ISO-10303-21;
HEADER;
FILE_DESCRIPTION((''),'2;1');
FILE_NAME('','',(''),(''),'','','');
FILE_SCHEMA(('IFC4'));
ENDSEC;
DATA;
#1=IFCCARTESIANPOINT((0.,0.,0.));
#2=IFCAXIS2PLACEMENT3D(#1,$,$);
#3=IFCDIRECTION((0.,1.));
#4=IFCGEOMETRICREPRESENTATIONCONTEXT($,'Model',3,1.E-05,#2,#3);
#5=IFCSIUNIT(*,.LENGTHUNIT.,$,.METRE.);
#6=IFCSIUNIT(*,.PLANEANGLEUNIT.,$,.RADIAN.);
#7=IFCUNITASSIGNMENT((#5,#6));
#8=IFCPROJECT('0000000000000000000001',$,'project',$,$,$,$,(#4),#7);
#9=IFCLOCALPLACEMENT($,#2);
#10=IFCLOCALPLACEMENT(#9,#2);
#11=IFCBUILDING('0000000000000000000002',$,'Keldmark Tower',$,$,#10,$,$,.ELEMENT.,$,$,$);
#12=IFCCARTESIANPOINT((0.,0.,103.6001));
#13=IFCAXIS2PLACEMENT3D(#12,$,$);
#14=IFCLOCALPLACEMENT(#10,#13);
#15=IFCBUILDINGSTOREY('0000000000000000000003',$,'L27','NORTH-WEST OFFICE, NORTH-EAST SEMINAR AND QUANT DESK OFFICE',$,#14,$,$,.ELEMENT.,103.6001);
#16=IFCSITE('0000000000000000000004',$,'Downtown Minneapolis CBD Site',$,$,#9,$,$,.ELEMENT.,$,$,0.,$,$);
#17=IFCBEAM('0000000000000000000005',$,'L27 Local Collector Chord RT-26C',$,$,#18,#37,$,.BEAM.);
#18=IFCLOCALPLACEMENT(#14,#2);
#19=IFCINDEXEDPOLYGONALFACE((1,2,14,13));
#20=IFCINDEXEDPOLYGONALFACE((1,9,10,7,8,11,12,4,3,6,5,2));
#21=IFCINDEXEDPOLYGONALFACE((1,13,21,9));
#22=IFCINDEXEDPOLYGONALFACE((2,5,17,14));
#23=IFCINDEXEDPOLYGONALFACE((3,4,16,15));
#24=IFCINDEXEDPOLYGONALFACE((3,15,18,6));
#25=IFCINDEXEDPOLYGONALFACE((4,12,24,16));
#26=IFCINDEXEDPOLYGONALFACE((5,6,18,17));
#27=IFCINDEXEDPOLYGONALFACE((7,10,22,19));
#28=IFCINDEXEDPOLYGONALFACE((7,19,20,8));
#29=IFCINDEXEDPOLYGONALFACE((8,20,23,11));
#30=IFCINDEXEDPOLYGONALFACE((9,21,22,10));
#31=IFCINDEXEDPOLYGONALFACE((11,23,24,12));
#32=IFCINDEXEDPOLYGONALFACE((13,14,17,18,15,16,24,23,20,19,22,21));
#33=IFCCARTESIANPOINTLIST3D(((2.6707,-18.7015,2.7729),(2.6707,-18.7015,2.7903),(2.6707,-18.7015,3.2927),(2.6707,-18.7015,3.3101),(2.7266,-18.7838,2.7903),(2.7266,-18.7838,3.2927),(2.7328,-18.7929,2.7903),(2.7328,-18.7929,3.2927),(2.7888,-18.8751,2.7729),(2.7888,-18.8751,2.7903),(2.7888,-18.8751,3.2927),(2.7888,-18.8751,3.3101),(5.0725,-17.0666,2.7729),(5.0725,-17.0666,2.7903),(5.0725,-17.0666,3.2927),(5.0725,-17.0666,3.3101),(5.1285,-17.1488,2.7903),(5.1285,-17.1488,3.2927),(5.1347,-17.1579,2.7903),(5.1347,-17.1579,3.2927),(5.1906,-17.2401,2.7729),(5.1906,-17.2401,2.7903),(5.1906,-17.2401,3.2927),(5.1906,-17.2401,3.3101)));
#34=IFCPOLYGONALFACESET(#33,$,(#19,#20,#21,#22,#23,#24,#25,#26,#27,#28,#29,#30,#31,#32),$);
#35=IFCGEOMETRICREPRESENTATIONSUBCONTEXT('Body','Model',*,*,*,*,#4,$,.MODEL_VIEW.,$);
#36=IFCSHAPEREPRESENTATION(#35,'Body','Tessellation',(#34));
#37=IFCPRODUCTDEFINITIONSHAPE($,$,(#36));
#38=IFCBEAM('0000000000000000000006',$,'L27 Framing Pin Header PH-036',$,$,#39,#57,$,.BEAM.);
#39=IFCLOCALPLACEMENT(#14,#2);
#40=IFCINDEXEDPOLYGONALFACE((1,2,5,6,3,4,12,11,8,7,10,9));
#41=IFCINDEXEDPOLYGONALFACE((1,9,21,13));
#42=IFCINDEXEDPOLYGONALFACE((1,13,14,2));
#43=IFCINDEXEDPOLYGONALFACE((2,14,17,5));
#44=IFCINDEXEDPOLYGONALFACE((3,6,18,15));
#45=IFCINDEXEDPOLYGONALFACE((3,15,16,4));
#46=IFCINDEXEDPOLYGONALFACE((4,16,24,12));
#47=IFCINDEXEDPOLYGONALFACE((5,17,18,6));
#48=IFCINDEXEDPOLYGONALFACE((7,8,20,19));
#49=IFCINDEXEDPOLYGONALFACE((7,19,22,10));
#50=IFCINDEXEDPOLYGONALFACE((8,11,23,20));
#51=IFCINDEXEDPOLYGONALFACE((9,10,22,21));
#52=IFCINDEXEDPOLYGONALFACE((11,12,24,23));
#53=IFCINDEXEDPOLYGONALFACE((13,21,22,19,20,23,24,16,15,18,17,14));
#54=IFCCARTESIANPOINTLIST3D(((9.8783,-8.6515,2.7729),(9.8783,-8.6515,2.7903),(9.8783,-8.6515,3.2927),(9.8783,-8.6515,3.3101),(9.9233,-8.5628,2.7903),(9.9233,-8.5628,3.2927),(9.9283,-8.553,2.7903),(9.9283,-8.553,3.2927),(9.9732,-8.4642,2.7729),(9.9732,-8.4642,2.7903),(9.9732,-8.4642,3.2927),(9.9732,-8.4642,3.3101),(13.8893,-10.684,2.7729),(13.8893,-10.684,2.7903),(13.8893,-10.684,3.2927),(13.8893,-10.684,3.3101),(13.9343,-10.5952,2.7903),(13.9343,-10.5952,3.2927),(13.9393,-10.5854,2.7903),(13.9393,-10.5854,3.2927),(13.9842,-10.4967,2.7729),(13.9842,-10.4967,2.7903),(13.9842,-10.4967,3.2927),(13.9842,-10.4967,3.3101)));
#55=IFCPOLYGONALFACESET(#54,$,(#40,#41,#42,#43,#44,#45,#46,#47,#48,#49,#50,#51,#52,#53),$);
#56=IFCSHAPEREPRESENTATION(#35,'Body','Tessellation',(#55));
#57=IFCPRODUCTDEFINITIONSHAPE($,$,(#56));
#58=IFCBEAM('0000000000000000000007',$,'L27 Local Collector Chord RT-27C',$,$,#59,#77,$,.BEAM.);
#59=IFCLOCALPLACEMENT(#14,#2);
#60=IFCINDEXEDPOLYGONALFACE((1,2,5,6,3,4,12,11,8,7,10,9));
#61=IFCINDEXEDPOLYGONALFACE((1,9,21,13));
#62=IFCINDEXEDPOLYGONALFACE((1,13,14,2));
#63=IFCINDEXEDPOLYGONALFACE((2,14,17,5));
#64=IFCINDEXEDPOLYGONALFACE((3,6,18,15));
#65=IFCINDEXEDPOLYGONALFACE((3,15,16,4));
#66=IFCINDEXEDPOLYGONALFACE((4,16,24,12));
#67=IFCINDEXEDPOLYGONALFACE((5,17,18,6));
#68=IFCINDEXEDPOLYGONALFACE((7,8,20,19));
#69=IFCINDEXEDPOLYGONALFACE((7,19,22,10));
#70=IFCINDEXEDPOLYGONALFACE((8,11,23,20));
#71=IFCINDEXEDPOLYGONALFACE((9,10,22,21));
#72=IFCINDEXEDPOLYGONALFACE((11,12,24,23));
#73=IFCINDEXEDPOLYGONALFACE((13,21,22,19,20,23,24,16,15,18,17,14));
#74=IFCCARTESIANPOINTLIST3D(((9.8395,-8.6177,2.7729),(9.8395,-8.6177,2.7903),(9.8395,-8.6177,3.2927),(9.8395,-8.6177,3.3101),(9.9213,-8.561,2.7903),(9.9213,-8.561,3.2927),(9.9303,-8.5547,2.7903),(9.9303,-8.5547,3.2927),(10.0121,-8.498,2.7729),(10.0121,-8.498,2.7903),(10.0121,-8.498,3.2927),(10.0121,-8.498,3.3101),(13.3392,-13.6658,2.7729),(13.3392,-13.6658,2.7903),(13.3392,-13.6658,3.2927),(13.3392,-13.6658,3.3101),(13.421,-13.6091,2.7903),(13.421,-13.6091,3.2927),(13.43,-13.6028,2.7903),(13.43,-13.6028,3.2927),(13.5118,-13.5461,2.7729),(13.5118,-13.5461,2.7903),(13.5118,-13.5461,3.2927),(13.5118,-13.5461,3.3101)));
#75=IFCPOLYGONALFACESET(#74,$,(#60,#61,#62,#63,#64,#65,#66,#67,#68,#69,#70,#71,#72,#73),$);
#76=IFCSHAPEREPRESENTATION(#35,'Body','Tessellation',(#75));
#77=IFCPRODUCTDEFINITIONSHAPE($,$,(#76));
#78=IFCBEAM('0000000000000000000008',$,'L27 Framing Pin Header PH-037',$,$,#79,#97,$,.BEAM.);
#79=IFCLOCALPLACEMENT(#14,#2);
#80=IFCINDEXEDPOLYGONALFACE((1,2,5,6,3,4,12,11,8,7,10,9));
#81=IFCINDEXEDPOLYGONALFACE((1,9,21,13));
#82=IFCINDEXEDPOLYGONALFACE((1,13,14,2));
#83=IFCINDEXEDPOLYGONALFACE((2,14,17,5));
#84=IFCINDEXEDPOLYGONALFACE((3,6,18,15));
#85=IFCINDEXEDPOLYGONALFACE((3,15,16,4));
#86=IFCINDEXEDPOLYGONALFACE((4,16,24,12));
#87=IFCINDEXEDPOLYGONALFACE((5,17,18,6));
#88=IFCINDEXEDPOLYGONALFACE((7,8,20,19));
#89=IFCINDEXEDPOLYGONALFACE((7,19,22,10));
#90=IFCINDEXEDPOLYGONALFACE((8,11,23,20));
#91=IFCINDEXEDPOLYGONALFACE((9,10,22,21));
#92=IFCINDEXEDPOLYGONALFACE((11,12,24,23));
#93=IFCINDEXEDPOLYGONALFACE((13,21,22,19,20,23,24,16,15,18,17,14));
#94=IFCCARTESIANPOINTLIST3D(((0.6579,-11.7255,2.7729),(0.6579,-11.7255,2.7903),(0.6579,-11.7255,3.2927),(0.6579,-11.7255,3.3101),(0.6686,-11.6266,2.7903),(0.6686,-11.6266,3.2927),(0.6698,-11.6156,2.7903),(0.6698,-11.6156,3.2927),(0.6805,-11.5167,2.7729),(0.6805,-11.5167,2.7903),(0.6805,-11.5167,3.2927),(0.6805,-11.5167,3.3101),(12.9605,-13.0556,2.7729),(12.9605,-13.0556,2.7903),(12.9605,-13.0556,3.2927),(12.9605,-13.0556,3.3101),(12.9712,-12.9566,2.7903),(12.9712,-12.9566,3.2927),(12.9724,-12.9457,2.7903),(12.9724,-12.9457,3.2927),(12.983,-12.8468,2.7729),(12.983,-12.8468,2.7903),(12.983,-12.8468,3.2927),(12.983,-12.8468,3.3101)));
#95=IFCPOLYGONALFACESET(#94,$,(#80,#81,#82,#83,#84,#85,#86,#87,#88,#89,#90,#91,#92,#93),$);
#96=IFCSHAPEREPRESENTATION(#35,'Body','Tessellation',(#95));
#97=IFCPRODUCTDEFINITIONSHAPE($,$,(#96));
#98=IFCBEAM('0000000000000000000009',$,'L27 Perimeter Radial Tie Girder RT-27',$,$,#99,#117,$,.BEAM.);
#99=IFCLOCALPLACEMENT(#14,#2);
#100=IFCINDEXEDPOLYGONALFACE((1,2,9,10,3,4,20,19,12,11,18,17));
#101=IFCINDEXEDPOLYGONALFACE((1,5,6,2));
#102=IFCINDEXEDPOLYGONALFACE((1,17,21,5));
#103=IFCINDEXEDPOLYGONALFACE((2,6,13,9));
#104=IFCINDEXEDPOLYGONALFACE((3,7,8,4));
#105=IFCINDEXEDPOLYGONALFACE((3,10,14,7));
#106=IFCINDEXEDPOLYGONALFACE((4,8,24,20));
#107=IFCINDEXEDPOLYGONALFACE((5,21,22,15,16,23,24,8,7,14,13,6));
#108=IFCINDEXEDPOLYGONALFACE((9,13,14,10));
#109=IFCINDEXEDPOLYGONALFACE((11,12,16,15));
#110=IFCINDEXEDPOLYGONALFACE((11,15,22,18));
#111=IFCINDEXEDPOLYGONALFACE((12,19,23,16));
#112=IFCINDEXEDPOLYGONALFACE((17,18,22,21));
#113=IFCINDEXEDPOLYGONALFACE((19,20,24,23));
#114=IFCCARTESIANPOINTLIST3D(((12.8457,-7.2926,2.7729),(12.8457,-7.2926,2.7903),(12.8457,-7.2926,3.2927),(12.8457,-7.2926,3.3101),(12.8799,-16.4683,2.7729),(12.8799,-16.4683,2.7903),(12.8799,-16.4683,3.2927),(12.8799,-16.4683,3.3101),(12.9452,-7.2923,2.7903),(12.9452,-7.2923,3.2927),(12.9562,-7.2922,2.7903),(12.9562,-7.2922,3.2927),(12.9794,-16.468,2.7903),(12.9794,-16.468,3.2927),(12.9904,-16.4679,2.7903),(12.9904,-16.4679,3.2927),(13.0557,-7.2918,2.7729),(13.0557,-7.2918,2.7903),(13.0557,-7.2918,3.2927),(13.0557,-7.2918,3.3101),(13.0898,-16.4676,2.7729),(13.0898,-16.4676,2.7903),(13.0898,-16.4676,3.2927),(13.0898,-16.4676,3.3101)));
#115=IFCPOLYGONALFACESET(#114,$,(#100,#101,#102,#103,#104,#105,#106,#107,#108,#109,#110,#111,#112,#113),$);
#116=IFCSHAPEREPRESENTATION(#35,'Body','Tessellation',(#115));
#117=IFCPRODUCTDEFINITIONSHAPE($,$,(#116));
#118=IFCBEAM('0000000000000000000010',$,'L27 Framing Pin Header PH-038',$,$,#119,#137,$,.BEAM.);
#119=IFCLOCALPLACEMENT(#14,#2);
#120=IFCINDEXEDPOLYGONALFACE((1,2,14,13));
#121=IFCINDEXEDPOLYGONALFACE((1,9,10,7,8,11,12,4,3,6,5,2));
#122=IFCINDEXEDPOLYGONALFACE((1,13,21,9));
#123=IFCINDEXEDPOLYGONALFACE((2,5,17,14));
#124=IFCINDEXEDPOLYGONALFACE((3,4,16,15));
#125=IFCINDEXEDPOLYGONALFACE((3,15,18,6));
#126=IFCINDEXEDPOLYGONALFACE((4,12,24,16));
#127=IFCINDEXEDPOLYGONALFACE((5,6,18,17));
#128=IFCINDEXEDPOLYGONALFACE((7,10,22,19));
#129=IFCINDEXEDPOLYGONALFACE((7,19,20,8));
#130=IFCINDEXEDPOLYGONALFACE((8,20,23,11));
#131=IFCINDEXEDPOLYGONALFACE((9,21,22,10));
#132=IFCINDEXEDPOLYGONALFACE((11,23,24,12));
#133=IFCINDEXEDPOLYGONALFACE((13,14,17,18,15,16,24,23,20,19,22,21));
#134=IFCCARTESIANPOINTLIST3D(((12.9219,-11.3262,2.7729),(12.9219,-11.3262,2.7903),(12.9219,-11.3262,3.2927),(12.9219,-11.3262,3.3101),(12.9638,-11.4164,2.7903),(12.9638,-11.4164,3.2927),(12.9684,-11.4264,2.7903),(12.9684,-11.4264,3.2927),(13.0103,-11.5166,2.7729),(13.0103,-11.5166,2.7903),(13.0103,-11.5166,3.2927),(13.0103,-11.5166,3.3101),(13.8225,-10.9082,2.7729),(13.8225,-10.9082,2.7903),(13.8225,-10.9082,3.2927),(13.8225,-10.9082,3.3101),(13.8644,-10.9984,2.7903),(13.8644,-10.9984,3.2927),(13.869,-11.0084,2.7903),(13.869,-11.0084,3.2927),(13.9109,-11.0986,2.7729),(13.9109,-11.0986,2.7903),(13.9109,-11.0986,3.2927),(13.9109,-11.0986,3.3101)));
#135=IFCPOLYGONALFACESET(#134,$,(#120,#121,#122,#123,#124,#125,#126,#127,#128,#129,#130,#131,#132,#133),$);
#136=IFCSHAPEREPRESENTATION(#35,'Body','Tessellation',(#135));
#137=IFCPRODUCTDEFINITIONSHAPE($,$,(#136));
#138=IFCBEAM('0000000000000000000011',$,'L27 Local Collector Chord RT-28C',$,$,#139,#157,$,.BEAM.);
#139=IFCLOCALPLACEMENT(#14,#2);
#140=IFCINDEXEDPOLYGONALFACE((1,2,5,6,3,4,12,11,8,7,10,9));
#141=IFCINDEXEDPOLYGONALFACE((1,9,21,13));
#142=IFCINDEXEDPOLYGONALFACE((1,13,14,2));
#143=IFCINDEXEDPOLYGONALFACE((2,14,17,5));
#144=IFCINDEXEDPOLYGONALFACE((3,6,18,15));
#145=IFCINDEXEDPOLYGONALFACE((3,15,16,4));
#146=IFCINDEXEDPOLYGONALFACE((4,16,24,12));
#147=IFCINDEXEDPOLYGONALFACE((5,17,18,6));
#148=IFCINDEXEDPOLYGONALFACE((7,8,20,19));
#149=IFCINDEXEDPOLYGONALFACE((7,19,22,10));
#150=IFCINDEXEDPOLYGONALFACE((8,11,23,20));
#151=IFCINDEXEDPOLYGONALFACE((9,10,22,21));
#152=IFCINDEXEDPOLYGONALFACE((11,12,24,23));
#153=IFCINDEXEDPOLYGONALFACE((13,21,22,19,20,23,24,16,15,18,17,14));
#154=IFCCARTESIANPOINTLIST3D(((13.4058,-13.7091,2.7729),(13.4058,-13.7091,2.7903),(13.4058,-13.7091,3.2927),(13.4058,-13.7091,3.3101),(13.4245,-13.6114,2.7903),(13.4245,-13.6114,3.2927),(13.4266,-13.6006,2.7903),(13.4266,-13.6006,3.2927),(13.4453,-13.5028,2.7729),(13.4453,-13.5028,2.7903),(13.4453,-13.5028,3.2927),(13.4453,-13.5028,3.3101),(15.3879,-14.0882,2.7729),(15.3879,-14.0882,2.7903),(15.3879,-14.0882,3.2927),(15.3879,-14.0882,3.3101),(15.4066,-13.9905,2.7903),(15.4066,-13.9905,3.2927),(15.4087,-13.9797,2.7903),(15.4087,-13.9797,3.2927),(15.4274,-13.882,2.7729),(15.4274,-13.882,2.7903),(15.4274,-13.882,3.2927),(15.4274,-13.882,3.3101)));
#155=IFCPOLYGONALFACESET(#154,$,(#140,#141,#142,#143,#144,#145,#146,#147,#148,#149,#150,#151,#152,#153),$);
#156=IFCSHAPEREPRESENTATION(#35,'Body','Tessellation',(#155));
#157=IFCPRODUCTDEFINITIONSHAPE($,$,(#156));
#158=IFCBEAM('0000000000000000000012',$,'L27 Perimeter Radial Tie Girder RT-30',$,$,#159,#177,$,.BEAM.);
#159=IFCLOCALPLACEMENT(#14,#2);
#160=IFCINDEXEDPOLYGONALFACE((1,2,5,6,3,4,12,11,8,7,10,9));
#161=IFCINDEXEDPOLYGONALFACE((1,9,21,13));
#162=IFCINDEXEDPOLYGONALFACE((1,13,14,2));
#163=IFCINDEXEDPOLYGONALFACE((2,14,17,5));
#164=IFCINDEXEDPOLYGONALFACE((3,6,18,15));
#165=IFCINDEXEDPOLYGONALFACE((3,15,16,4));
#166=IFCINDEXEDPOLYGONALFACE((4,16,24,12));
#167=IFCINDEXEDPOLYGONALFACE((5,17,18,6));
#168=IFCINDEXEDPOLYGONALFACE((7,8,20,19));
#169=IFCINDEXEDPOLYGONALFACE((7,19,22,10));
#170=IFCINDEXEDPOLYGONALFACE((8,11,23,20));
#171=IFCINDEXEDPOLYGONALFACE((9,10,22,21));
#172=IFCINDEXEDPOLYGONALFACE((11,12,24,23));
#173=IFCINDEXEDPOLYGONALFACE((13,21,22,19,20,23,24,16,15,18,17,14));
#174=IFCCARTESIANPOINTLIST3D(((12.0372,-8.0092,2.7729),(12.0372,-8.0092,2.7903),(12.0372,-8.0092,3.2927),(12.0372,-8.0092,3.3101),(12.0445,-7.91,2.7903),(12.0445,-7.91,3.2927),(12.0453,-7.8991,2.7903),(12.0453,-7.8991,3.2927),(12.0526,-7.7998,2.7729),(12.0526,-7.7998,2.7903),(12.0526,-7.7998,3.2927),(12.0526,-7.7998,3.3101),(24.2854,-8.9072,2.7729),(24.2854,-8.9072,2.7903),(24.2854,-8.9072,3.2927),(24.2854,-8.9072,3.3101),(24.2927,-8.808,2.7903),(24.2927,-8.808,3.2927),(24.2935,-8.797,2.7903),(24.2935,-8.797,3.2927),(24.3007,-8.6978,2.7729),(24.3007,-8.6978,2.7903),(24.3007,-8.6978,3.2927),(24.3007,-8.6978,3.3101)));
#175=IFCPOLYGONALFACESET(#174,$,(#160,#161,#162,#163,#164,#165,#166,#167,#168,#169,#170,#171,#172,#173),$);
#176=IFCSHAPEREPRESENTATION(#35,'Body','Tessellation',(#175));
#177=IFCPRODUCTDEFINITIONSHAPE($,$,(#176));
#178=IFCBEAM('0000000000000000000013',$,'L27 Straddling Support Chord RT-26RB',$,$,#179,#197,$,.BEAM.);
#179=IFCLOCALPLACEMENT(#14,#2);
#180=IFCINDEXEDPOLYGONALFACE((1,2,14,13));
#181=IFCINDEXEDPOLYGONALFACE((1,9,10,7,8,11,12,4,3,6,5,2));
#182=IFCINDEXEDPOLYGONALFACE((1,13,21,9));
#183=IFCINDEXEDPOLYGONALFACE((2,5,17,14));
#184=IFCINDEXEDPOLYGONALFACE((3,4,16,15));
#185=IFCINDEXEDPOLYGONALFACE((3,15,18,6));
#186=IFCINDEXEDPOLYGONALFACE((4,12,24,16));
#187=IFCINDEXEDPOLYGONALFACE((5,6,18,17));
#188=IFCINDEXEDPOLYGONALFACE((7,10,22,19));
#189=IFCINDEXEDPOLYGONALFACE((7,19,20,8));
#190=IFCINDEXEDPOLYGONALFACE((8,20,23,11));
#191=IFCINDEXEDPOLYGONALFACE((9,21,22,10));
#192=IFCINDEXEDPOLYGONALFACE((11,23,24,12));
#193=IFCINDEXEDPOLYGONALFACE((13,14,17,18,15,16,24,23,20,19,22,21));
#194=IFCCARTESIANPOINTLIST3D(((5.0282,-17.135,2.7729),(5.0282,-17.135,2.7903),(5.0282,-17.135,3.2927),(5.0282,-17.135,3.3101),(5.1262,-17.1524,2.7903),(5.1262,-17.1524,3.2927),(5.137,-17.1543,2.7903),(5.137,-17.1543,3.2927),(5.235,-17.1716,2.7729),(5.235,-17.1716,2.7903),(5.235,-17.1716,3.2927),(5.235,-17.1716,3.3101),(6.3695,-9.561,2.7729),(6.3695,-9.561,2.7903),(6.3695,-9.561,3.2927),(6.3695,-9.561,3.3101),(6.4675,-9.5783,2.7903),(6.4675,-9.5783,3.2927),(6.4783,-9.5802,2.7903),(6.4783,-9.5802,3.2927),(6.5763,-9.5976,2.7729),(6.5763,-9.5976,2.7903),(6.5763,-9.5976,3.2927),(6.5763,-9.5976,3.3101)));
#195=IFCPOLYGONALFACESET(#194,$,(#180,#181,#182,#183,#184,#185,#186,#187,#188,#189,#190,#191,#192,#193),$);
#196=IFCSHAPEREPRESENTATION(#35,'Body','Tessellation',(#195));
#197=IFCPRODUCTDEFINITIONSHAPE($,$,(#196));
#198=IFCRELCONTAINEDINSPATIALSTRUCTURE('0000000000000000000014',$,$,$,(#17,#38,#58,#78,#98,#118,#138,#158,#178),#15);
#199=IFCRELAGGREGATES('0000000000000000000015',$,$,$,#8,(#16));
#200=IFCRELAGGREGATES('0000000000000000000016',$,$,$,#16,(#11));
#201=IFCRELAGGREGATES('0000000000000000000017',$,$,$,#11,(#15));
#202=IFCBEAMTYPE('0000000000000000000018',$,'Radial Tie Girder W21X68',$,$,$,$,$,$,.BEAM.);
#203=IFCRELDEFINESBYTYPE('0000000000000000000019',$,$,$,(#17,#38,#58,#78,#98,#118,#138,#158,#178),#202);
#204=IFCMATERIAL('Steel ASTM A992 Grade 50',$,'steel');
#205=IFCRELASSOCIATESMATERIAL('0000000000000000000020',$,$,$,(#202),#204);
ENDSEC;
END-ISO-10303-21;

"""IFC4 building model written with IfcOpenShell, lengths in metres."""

from ifc_helpers import new_model, si_unit, direction, frame, origin, origin_2d, place, context, subcontext, project, spatial, i_section, extrude, material, material_profile, profile_set, type_object, element, save


model = new_model("IFC4")

# Units and contexts
model_context = context("Model", 3, precision=1e-05, world=origin(), true_north=direction((0.0, 1.0)))
body_context = subcontext(model_context, "Body", "Model", "MODEL_VIEW")
ifc_project = project(units=[si_unit("LENGTHUNIT", "METRE"), si_unit("PLANEANGLEUNIT", "RADIAN")], contexts=[model_context])

# Site, building, storey
site_placement = place(None, origin())
site = spatial("IfcSite", under=ifc_project, at=site_placement, Name="Downtown Minneapolis CBD Site", CompositionType="ELEMENT", RefElevation=0.0)
building_placement = place(site_placement, origin())
building = spatial("IfcBuilding", under=site, at=building_placement, Name="Keldmark Tower", CompositionType="ELEMENT")
storey_placement = place(building_placement, frame((0.0, 0.0, 103.6001)))
storey = spatial("IfcBuildingStorey", under=building, at=storey_placement, Name="L27", Description="NORTH-WEST OFFICE, NORTH-EAST SEMINAR AND QUANT DESK OFFICE", CompositionType="ELEMENT", Elevation=103.6001)

# Beams
ifc_material_1 = material(Name="Steel ASTM A992 Grade 50", Category="steel")
ifc_material_profile_1 = material_profile(ifc_material_1, i_section(OverallWidth=0.21, OverallDepth=0.5371, WebThickness=0.011, FlangeThickness=0.0173, at=origin_2d()), Name="W21X68")
ifc_profile_set_1 = profile_set([ifc_material_profile_1], Name="Steel ASTM A992 Grade 50")
beam_type_1 = type_object("IfcBeamType", Name="Radial Tie Girder W21X68", PredefinedType="BEAM", material=ifc_profile_set_1)
beam_1_placement = place(storey_placement, frame((2.7297, -18.7883, 3.0415), z_axis=(0.826647, 0.562721, 0.0), x_axis=(-0.562721, 0.826647, 0.0)))
element("IfcBeam", 1, at=beam_1_placement, inside=storey, type_object=beam_type_1, Name="L27 Local Collector Chord RT-26C", PredefinedType="BEAM", context=body_context, shape_type="SweptSolid", body=[
    extrude(i_section(OverallWidth=0.21, OverallDepth=0.5371, WebThickness=0.011, FlangeThickness=0.0173, at=origin_2d()), origin(), (0.0, 0.0, 1.0), 2.9055),
])
beam_2_placement = place(storey_placement, frame((9.9258, -8.5579, 3.0415), z_axis=(0.892014, -0.452007, 0.0), x_axis=(0.452007, 0.892014, 0.0)))
element("IfcBeam", 2, at=beam_2_placement, inside=storey, type_object=beam_type_1, Name="L27 Framing Pin Header PH-036", PredefinedType="BEAM", context=body_context, shape_type="SweptSolid", body=[
    extrude(i_section(OverallWidth=0.21, OverallDepth=0.5371, WebThickness=0.011, FlangeThickness=0.0173, at=origin_2d()), origin(), (0.0, 0.0, 1.0), 4.4966),
])
beam_3_placement = place(storey_placement, frame((9.9258, -8.5579, 3.0415), z_axis=(0.569751, -0.821817, 0.0), x_axis=(0.821817, 0.569751, 0.0)))
element("IfcBeam", 3, at=beam_3_placement, inside=storey, type_object=beam_type_1, Name="L27 Local Collector Chord RT-27C", PredefinedType="BEAM", context=body_context, shape_type="SweptSolid", body=[
    extrude(i_section(OverallWidth=0.21, OverallDepth=0.5371, WebThickness=0.011, FlangeThickness=0.0173, at=origin_2d()), origin(), (0.0, 0.0, 1.0), 6.1426),
])
beam_4_placement = place(storey_placement, frame((0.6692, -11.6211, 3.0415), z_axis=(0.994206, -0.107488, 0.0), x_axis=(0.107488, 0.994206, 0.0)))
element("IfcBeam", 4, at=beam_4_placement, inside=storey, type_object=beam_type_1, Name="L27 Framing Pin Header PH-037", PredefinedType="BEAM", context=body_context, shape_type="SweptSolid", body=[
    extrude(i_section(OverallWidth=0.21, OverallDepth=0.5371, WebThickness=0.011, FlangeThickness=0.0173, at=origin_2d()), origin(), (0.0, 0.0, 1.0), 12.3743),
])
beam_5_placement = place(storey_placement, frame((12.9507, -7.2922, 3.0415), z_axis=(0.003725, -0.999993, 0.0), x_axis=(0.999993, 0.003725, 0.0)))
element("IfcBeam", 5, at=beam_5_placement, inside=storey, type_object=beam_type_1, Name="L27 Perimeter Radial Tie Girder RT-27", PredefinedType="BEAM", context=body_context, shape_type="SweptSolid", body=[
    extrude(i_section(OverallWidth=0.21, OverallDepth=0.5371, WebThickness=0.011, FlangeThickness=0.0173, at=origin_2d()), origin(), (0.0, 0.0, 1.0), 9.1758),
])
beam_6_placement = place(storey_placement, frame((12.9661, -11.4214, 3.0415), z_axis=(0.907079, 0.42096, 0.0), x_axis=(-0.42096, 0.907079, 0.0)))
element("IfcBeam", 6, at=beam_6_placement, inside=storey, type_object=beam_type_1, Name="L27 Framing Pin Header PH-038", PredefinedType="BEAM", context=body_context, shape_type="SweptSolid", body=[
    extrude(i_section(OverallWidth=0.21, OverallDepth=0.5371, WebThickness=0.011, FlangeThickness=0.0173, at=origin_2d()), origin(), (0.0, 0.0, 1.0), 0.9929),
])
beam_7_placement = place(storey_placement, frame((13.4255, -13.606, 3.0415), z_axis=(0.982193, -0.187874, 0.0), x_axis=(0.187874, 0.982193, 0.0)))
element("IfcBeam", 7, at=beam_7_placement, inside=storey, type_object=beam_type_1, Name="L27 Local Collector Chord RT-28C", PredefinedType="BEAM", context=body_context, shape_type="SweptSolid", body=[
    extrude(i_section(OverallWidth=0.21, OverallDepth=0.5371, WebThickness=0.011, FlangeThickness=0.0173, at=origin_2d()), origin(), (0.0, 0.0, 1.0), 2.0181),
])
beam_8_placement = place(storey_placement, frame((12.0449, -7.9045, 3.0415), z_axis=(0.997323, -0.073117, 0.0), x_axis=(0.073117, 0.997323, 0.0)))
element("IfcBeam", 8, at=beam_8_placement, inside=storey, type_object=beam_type_1, Name="L27 Perimeter Radial Tie Girder RT-30", PredefinedType="BEAM", context=body_context, shape_type="SweptSolid", body=[
    extrude(i_section(OverallWidth=0.21, OverallDepth=0.5371, WebThickness=0.011, FlangeThickness=0.0173, at=origin_2d()), origin(), (0.0, 0.0, 1.0), 12.281),
])
beam_9_placement = place(storey_placement, frame((5.1316, -17.1533, 3.0415), z_axis=(0.174381, 0.984678, 0.0), x_axis=(-0.984678, 0.174381, 0.0)))
element("IfcBeam", 9, at=beam_9_placement, inside=storey, type_object=beam_type_1, Name="L27 Straddling Support Chord RT-26RB", PredefinedType="BEAM", context=body_context, shape_type="SweptSolid", body=[
    extrude(i_section(OverallWidth=0.21, OverallDepth=0.5371, WebThickness=0.011, FlangeThickness=0.0173, at=origin_2d()), origin(), (0.0, 0.0, 1.0), 7.6919),
])

save(model, "model.ifc")
